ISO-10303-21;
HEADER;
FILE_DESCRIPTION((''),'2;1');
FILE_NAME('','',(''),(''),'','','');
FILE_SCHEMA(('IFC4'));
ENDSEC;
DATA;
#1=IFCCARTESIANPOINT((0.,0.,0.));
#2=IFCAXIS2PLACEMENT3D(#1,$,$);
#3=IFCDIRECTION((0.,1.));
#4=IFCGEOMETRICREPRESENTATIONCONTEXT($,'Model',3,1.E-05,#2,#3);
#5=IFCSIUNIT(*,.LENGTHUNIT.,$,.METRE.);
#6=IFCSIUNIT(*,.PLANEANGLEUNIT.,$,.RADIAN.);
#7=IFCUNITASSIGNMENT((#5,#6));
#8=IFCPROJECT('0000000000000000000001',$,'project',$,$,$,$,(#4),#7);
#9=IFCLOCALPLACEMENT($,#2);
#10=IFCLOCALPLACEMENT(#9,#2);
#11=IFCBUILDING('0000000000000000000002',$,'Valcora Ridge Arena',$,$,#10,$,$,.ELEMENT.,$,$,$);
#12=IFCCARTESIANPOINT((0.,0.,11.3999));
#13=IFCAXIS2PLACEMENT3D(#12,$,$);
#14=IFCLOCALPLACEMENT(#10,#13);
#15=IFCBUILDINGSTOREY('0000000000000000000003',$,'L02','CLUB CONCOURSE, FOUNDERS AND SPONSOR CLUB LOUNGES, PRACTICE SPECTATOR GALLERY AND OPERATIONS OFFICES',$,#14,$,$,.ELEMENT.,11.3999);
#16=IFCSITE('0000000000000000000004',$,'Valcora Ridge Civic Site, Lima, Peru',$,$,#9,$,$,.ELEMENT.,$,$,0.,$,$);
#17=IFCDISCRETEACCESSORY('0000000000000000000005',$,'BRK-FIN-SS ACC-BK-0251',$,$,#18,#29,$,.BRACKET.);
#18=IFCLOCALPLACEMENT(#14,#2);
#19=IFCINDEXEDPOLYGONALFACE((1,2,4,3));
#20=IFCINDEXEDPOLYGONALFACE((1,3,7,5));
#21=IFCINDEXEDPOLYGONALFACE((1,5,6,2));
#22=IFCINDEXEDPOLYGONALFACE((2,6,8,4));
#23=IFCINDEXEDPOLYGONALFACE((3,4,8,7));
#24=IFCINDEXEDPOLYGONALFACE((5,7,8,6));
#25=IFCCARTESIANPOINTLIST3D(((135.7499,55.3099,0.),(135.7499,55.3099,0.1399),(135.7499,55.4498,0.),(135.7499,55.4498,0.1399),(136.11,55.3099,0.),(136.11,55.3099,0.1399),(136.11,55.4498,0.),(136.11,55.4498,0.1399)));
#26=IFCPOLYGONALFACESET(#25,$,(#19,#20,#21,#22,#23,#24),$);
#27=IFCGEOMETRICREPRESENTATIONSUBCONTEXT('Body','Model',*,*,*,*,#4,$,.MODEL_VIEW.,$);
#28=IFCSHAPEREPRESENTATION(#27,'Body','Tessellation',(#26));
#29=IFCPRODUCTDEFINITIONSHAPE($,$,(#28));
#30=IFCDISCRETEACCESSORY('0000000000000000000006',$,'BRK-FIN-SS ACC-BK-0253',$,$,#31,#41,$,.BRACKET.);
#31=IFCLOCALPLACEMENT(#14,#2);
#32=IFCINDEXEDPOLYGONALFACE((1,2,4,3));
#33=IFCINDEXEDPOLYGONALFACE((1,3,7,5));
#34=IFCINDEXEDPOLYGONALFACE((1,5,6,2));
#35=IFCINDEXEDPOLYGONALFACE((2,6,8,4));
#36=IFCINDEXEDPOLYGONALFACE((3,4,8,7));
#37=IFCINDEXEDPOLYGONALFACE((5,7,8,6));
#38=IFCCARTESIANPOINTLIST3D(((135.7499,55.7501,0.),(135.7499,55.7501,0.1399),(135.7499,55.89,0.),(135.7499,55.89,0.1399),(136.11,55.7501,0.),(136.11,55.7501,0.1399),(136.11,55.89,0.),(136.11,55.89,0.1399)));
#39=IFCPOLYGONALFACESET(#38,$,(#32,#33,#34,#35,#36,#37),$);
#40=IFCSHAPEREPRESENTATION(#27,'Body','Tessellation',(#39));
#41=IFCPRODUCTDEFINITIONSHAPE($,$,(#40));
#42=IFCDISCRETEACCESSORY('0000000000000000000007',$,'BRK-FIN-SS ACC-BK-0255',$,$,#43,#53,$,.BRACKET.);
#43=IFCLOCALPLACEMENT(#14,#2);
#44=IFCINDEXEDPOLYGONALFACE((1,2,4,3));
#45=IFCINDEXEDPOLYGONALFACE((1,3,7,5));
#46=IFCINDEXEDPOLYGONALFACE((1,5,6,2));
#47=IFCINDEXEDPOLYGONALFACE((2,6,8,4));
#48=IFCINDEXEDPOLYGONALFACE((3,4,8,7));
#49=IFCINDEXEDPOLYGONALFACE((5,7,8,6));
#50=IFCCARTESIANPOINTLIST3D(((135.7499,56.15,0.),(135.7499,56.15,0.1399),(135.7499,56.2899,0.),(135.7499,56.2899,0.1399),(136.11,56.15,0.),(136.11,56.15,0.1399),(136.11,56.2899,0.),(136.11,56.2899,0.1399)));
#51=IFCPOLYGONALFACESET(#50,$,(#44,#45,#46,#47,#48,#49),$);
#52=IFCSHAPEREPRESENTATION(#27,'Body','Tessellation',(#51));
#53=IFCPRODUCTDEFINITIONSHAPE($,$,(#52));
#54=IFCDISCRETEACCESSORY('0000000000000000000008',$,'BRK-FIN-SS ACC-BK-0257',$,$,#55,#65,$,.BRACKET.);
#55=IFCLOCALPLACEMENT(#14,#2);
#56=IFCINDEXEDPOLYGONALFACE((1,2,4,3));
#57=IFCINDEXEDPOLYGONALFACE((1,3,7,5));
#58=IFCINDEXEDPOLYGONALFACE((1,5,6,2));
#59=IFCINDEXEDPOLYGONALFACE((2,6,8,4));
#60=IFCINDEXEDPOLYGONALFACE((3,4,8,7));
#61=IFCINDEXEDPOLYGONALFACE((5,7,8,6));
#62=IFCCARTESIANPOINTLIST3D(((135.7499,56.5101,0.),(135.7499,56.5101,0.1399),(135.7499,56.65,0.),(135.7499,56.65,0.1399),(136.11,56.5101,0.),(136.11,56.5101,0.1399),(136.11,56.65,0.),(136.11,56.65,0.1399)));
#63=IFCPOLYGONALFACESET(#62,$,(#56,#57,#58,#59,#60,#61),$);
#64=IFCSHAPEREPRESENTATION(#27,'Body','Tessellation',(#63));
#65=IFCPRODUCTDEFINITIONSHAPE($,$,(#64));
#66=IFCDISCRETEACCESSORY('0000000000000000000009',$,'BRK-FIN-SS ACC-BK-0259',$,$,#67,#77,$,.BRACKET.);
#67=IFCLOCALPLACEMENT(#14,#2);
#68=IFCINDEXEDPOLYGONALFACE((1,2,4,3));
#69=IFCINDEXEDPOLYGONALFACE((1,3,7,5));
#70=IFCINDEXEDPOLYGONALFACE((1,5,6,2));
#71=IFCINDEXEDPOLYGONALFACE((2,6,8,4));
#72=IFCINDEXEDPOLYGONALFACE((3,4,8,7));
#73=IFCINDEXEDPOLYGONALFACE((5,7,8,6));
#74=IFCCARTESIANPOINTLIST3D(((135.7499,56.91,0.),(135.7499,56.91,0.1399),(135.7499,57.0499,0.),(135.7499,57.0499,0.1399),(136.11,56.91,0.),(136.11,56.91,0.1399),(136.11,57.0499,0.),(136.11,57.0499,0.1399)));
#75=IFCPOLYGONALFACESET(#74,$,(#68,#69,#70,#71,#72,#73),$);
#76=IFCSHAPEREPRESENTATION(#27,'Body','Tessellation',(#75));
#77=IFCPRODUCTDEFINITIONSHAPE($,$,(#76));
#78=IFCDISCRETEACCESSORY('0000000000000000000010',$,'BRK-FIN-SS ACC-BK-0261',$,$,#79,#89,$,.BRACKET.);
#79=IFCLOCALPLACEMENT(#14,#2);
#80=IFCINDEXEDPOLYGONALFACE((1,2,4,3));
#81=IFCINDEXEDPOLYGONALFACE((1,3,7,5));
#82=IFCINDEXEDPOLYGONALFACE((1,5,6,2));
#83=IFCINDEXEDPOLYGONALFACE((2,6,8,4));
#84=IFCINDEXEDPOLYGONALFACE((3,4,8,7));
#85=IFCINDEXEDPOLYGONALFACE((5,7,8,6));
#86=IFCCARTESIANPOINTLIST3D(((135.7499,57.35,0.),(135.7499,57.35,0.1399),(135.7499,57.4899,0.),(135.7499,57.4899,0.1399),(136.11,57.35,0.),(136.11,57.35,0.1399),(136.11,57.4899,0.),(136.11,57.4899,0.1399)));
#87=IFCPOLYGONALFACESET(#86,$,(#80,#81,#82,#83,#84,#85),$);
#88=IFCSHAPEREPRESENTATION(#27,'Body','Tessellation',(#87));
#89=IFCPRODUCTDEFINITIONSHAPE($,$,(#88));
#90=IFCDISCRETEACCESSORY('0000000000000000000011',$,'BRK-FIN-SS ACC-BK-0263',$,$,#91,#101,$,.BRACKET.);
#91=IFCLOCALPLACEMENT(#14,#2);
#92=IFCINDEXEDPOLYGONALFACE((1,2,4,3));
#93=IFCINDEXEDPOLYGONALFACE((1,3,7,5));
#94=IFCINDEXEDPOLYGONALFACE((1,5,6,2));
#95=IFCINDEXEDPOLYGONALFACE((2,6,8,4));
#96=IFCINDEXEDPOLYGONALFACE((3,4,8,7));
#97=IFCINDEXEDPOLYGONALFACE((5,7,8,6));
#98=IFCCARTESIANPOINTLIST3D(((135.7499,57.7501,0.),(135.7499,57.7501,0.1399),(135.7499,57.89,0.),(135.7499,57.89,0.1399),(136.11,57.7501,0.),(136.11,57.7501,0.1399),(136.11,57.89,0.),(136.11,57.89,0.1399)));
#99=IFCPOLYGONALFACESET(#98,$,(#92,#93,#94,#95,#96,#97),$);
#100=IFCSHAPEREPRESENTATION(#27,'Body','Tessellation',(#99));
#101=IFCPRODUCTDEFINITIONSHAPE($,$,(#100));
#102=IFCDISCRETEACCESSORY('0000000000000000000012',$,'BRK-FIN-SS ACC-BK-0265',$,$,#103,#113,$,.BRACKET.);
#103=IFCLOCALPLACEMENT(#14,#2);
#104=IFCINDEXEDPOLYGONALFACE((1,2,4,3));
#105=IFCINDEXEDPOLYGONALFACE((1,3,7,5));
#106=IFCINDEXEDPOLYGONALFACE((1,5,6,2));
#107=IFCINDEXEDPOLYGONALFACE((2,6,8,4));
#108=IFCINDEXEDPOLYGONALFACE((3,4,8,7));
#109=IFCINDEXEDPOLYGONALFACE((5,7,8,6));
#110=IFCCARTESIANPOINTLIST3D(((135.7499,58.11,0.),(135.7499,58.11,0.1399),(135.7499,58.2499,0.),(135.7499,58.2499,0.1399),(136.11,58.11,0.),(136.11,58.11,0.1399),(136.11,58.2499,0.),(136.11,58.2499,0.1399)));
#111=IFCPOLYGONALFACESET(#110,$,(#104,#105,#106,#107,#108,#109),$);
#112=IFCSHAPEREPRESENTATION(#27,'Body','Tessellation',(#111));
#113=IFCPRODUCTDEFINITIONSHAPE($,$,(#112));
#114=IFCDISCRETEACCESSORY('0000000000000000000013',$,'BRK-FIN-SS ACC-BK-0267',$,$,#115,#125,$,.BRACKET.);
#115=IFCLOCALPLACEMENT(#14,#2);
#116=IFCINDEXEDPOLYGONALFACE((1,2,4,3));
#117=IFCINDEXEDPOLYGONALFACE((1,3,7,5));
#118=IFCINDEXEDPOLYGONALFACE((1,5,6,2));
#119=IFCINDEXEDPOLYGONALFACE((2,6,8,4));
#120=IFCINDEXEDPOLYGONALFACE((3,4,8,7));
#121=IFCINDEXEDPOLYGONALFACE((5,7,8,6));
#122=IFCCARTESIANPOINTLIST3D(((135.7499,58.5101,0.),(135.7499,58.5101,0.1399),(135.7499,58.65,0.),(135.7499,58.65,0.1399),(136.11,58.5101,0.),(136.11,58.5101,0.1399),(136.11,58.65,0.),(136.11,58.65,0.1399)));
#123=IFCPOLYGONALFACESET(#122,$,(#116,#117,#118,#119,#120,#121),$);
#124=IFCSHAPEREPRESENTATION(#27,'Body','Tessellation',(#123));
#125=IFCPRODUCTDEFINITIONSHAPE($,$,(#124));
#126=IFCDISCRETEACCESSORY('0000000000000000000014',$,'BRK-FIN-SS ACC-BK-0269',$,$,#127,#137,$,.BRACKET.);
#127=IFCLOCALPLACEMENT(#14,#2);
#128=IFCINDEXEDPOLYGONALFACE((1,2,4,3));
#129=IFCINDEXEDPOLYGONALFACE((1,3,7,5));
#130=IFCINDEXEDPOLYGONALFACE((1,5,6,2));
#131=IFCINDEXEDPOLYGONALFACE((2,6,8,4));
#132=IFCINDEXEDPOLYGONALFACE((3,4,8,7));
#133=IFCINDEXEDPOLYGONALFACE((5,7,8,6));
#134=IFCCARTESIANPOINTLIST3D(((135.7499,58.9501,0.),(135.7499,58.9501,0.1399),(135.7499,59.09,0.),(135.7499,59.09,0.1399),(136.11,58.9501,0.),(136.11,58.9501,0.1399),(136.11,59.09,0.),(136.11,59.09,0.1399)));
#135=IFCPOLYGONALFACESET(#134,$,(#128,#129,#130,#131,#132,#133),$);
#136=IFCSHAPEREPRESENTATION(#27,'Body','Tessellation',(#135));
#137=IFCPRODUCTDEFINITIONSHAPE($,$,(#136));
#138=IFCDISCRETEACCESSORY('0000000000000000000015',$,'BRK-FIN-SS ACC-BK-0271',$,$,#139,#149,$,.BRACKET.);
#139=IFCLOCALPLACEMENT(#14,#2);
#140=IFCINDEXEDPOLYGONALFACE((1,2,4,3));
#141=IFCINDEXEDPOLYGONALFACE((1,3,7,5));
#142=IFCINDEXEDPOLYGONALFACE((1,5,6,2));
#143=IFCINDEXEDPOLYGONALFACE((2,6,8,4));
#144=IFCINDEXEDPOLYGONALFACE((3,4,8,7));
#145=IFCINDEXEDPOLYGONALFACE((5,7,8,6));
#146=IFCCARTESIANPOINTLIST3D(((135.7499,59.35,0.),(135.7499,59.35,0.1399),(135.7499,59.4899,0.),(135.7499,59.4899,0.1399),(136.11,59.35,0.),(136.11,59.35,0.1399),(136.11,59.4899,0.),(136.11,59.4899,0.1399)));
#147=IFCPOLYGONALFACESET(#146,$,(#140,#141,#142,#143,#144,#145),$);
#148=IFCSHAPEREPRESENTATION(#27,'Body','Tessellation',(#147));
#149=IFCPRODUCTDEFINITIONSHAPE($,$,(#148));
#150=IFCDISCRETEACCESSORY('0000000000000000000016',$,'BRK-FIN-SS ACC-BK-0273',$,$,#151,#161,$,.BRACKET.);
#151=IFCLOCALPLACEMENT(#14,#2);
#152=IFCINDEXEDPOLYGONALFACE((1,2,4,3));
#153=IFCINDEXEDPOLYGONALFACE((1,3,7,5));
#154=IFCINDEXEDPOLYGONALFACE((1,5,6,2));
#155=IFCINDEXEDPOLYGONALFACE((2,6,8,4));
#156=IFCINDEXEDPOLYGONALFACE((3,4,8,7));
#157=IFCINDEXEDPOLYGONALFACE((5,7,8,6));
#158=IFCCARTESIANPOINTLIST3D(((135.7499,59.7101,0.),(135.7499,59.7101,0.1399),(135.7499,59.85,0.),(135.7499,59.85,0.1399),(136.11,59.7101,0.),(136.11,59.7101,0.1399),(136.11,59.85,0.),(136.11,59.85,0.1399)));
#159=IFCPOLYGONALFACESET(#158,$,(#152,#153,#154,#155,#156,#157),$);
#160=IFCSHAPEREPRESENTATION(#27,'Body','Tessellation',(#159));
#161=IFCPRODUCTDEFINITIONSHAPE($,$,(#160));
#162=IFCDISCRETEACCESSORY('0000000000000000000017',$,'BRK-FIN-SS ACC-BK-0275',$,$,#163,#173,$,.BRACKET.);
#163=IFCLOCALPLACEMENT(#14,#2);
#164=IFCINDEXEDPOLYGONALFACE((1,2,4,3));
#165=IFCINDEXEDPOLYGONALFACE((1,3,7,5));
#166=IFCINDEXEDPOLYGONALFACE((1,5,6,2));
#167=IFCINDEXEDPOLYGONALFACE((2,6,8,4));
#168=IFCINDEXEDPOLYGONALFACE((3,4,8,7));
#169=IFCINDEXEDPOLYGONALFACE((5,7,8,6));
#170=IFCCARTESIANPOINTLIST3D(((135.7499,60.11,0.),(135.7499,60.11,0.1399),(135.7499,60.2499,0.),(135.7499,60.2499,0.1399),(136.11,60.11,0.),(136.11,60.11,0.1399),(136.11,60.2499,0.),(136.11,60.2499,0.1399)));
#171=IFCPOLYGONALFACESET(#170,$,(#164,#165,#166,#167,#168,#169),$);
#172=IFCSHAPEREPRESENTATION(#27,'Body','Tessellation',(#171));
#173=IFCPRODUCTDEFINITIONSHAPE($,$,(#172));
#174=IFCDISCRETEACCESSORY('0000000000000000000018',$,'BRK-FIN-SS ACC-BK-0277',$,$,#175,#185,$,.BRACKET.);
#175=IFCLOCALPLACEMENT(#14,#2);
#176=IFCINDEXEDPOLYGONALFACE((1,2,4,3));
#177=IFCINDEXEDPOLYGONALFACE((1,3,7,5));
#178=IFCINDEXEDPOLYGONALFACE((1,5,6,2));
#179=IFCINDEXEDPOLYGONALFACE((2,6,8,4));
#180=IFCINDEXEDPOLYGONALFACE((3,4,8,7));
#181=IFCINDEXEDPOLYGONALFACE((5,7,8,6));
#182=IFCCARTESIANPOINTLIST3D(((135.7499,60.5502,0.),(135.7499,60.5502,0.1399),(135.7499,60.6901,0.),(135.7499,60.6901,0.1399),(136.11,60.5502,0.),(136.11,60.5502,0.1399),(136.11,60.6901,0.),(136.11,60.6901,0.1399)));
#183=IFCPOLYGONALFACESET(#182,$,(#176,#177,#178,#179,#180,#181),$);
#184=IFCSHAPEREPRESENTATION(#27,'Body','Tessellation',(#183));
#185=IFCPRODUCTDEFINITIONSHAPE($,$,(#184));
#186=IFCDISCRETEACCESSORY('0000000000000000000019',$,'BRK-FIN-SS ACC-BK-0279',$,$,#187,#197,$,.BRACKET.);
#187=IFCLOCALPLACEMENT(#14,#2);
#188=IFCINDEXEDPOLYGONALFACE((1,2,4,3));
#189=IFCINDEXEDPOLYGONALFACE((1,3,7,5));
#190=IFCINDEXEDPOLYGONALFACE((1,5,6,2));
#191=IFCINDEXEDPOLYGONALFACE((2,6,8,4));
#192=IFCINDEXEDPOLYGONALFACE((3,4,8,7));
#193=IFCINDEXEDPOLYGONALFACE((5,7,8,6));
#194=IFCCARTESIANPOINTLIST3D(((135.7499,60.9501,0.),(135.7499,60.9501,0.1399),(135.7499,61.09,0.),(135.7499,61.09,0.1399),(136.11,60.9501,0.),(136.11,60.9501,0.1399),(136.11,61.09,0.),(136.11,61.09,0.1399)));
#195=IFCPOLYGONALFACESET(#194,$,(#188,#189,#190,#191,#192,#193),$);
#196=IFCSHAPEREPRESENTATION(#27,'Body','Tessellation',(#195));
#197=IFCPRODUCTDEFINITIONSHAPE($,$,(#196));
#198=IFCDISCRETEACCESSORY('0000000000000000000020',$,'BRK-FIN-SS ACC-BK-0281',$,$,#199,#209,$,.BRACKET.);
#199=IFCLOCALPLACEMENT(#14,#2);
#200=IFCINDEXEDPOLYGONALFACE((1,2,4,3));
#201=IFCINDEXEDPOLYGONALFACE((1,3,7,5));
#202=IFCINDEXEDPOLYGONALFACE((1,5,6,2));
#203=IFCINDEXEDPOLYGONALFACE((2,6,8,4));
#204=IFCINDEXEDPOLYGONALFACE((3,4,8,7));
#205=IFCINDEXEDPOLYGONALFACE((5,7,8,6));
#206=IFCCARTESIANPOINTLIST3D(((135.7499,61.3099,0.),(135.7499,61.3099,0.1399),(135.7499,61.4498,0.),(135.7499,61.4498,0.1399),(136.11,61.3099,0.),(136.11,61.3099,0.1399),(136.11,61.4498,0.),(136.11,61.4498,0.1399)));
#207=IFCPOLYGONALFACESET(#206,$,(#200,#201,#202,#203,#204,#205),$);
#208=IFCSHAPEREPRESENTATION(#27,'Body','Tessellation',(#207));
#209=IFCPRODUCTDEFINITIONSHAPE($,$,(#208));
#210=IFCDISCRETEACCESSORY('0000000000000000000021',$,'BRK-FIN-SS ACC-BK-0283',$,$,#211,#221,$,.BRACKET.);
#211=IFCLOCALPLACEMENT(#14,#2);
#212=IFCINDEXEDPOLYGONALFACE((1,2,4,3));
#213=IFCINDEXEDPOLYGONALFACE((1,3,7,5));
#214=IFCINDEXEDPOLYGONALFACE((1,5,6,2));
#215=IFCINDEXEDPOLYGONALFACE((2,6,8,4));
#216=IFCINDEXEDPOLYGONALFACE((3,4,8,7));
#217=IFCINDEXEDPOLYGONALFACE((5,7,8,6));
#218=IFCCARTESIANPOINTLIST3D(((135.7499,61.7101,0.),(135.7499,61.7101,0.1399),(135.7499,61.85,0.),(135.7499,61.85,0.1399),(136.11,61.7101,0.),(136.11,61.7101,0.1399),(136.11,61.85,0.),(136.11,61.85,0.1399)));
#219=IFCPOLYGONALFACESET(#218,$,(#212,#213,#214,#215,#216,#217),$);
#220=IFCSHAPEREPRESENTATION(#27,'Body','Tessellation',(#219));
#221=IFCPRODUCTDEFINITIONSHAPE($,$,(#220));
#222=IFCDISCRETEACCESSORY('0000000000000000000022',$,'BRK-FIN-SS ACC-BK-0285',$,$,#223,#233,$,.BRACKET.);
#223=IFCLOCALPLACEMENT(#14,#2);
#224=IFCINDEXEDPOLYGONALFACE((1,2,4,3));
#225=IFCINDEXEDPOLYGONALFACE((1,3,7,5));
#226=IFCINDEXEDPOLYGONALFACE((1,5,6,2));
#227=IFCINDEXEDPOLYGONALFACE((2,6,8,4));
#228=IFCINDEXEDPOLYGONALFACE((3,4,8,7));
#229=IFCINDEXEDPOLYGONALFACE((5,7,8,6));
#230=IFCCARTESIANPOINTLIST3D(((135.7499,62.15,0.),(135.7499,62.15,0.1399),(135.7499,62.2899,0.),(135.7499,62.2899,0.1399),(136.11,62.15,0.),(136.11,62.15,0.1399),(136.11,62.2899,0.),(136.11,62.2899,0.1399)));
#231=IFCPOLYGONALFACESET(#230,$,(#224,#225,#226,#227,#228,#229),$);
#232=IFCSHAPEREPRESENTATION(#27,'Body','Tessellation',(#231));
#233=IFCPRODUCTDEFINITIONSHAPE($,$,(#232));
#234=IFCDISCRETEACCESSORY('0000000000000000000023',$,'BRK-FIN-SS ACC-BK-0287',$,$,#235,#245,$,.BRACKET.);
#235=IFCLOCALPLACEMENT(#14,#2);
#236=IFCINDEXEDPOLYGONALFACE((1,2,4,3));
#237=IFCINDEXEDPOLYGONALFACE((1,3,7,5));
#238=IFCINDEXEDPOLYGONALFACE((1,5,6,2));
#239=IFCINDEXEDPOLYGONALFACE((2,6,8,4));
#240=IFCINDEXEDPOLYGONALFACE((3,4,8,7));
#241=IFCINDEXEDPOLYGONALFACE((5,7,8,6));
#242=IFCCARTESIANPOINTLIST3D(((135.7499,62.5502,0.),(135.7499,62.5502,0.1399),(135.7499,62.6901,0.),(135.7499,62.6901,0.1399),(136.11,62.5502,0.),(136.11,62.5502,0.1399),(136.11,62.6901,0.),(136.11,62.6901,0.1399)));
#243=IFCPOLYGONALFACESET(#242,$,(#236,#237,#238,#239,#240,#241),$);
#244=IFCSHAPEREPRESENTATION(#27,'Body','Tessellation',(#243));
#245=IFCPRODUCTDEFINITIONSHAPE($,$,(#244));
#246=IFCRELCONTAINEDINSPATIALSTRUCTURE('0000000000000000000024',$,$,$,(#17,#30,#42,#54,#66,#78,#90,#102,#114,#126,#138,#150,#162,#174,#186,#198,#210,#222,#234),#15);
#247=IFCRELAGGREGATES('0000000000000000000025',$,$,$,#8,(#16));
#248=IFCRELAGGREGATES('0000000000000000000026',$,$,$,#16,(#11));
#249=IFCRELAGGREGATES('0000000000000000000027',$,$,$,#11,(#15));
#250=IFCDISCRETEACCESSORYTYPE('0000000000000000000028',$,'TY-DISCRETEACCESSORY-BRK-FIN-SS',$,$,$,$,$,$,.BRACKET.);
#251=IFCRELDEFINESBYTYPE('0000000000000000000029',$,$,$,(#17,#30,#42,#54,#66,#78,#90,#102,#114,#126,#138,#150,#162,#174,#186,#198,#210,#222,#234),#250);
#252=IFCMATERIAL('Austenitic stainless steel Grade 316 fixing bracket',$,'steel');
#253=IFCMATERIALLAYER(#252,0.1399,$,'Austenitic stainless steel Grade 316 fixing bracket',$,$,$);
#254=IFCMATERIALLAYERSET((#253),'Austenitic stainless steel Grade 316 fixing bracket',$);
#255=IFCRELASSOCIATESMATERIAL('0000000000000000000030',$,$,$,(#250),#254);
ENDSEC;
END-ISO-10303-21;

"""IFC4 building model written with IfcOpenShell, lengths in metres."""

from ifc_helpers import new_model, si_unit, direction, frame, origin, origin_2d, place, context, subcontext, project, spatial, rectangle, extrude, material, layer, layer_set, type_object, element, save


model = new_model("IFC4")

# Units and contexts
model_context = context("Model", 3, precision=1e-05, world=origin(), true_north=direction((0.0, 1.0)))
body_context = subcontext(model_context, "Body", "Model", "MODEL_VIEW")
ifc_project = project(units=[si_unit("LENGTHUNIT", "METRE"), si_unit("PLANEANGLEUNIT", "RADIAN")], contexts=[model_context])

# Site, building, storey
site_placement = place(None, origin())
site = spatial("IfcSite", under=ifc_project, at=site_placement, Name="Valcora Ridge Civic Site, Lima, Peru", CompositionType="ELEMENT", RefElevation=0.0)
building_placement = place(site_placement, origin())
building = spatial("IfcBuilding", under=site, at=building_placement, Name="Valcora Ridge Arena", CompositionType="ELEMENT")
storey_placement = place(building_placement, frame((0.0, 0.0, 11.3999)))
storey = spatial("IfcBuildingStorey", under=building, at=storey_placement, Name="L02", Description="CLUB CONCOURSE, FOUNDERS AND SPONSOR CLUB LOUNGES, PRACTICE SPECTATOR GALLERY AND OPERATIONS OFFICES", CompositionType="ELEMENT", Elevation=11.3999)

# Discrete accessories
ifc_material_1 = material(Name="Austenitic stainless steel Grade 316 fixing bracket", Category="steel")
ifc_layer = layer(ifc_material_1, 0.1399, Name="Austenitic stainless steel Grade 316 fixing bracket")
ifc_layer_set = layer_set([ifc_layer], Name="Austenitic stainless steel Grade 316 fixing bracket")
discrete_accessory_type = type_object("IfcDiscreteAccessoryType", Name="TY-DISCRETEACCESSORY-BRK-FIN-SS", PredefinedType="BRACKET", material=ifc_layer_set)
for number, where, z_axis, x_axis, name in (
    (1, (135.9299, 55.3799, 0.0), (0.0, 0.0, 1.0), (1.0, 0.0, 0.0), "BRK-FIN-SS ACC-BK-0251"),
    (2, (135.9299, 55.8201, 0.0), (0.0, 0.0, 1.0), (1.0, 0.0, 0.0), "BRK-FIN-SS ACC-BK-0253"),
    (3, (135.9299, 56.22, 0.0), (0.0, 0.0, 1.0), (1.0, 0.0, 0.0), "BRK-FIN-SS ACC-BK-0255"),
    (4, (135.9299, 56.5801, 0.0), (0.0, 0.0, 1.0), (1.0, 0.0, 0.0), "BRK-FIN-SS ACC-BK-0257"),
    (5, (135.9299, 56.98, 0.0), (0.0, 0.0, 1.0), (1.0, 0.0, 0.0), "BRK-FIN-SS ACC-BK-0259"),
    (6, (135.9299, 57.4199, 0.0), (0.0, 0.0, 1.0), (1.0, 0.0, 0.0), "BRK-FIN-SS ACC-BK-0261"),
    (7, (135.9299, 57.8201, 0.0), (0.0, 0.0, 1.0), (1.0, 0.0, 0.0), "BRK-FIN-SS ACC-BK-0263"),
    (8, (135.9299, 58.1799, 0.0), (0.0, 0.0, 1.0), (1.0, 0.0, 0.0), "BRK-FIN-SS ACC-BK-0265"),
    (9, (135.9299, 58.5801, 0.0), (0.0, 0.0, 1.0), (1.0, 0.0, 0.0), "BRK-FIN-SS ACC-BK-0267"),
    (10, (135.9299, 59.02, 0.0), (0.0, 0.0, 1.0), (1.0, 0.0, 0.0), "BRK-FIN-SS ACC-BK-0269"),
    (11, (135.9299, 59.4199, 0.0), (0.0, 0.0, 1.0), (1.0, 0.0, 0.0), "BRK-FIN-SS ACC-BK-0271"),
    (12, (135.9299, 59.78, 0.0), (0.0, 0.0, 1.0), (1.0, 0.0, 0.0), "BRK-FIN-SS ACC-BK-0273"),
    (13, (135.9299, 60.1799, 0.0), (0.0, 0.0, 1.0), (1.0, 0.0, 0.0), "BRK-FIN-SS ACC-BK-0275"),
    (14, (135.9299, 60.6201, 0.0), (0.0, 0.0, 1.0), (1.0, 0.0, 0.0), "BRK-FIN-SS ACC-BK-0277"),
    (15, (135.9299, 61.02, 0.0), (0.0, 0.0, 1.0), (1.0, 0.0, 0.0), "BRK-FIN-SS ACC-BK-0279"),
    (16, (135.9299, 61.3799, 0.0), (0.0, 0.0, 1.0), (1.0, 0.0, 0.0), "BRK-FIN-SS ACC-BK-0281"),
    (17, (135.9299, 61.78, 0.0), (0.0, 0.0, 1.0), (1.0, 0.0, 0.0), "BRK-FIN-SS ACC-BK-0283"),
    (18, (135.9299, 62.22, 0.0), (0.0, 0.0, 1.0), (1.0, 0.0, 0.0), "BRK-FIN-SS ACC-BK-0285"),
    (19, (135.9299, 62.6201, 0.0), (0.0, 0.0, 1.0), (1.0, 0.0, 0.0), "BRK-FIN-SS ACC-BK-0287"),
):
    element("IfcDiscreteAccessory", number, at=place(storey_placement, frame(where, z_axis=z_axis, x_axis=x_axis)), inside=storey, type_object=discrete_accessory_type, Name=name, PredefinedType="BRACKET", context=body_context, shape_type="SweptSolid", body=[
        extrude(rectangle(XDim=0.3601, YDim=0.1399, at=origin_2d()), origin(), (0.0, 0.0, 1.0), 0.1399),
    ])

save(model, "model.ifc")
